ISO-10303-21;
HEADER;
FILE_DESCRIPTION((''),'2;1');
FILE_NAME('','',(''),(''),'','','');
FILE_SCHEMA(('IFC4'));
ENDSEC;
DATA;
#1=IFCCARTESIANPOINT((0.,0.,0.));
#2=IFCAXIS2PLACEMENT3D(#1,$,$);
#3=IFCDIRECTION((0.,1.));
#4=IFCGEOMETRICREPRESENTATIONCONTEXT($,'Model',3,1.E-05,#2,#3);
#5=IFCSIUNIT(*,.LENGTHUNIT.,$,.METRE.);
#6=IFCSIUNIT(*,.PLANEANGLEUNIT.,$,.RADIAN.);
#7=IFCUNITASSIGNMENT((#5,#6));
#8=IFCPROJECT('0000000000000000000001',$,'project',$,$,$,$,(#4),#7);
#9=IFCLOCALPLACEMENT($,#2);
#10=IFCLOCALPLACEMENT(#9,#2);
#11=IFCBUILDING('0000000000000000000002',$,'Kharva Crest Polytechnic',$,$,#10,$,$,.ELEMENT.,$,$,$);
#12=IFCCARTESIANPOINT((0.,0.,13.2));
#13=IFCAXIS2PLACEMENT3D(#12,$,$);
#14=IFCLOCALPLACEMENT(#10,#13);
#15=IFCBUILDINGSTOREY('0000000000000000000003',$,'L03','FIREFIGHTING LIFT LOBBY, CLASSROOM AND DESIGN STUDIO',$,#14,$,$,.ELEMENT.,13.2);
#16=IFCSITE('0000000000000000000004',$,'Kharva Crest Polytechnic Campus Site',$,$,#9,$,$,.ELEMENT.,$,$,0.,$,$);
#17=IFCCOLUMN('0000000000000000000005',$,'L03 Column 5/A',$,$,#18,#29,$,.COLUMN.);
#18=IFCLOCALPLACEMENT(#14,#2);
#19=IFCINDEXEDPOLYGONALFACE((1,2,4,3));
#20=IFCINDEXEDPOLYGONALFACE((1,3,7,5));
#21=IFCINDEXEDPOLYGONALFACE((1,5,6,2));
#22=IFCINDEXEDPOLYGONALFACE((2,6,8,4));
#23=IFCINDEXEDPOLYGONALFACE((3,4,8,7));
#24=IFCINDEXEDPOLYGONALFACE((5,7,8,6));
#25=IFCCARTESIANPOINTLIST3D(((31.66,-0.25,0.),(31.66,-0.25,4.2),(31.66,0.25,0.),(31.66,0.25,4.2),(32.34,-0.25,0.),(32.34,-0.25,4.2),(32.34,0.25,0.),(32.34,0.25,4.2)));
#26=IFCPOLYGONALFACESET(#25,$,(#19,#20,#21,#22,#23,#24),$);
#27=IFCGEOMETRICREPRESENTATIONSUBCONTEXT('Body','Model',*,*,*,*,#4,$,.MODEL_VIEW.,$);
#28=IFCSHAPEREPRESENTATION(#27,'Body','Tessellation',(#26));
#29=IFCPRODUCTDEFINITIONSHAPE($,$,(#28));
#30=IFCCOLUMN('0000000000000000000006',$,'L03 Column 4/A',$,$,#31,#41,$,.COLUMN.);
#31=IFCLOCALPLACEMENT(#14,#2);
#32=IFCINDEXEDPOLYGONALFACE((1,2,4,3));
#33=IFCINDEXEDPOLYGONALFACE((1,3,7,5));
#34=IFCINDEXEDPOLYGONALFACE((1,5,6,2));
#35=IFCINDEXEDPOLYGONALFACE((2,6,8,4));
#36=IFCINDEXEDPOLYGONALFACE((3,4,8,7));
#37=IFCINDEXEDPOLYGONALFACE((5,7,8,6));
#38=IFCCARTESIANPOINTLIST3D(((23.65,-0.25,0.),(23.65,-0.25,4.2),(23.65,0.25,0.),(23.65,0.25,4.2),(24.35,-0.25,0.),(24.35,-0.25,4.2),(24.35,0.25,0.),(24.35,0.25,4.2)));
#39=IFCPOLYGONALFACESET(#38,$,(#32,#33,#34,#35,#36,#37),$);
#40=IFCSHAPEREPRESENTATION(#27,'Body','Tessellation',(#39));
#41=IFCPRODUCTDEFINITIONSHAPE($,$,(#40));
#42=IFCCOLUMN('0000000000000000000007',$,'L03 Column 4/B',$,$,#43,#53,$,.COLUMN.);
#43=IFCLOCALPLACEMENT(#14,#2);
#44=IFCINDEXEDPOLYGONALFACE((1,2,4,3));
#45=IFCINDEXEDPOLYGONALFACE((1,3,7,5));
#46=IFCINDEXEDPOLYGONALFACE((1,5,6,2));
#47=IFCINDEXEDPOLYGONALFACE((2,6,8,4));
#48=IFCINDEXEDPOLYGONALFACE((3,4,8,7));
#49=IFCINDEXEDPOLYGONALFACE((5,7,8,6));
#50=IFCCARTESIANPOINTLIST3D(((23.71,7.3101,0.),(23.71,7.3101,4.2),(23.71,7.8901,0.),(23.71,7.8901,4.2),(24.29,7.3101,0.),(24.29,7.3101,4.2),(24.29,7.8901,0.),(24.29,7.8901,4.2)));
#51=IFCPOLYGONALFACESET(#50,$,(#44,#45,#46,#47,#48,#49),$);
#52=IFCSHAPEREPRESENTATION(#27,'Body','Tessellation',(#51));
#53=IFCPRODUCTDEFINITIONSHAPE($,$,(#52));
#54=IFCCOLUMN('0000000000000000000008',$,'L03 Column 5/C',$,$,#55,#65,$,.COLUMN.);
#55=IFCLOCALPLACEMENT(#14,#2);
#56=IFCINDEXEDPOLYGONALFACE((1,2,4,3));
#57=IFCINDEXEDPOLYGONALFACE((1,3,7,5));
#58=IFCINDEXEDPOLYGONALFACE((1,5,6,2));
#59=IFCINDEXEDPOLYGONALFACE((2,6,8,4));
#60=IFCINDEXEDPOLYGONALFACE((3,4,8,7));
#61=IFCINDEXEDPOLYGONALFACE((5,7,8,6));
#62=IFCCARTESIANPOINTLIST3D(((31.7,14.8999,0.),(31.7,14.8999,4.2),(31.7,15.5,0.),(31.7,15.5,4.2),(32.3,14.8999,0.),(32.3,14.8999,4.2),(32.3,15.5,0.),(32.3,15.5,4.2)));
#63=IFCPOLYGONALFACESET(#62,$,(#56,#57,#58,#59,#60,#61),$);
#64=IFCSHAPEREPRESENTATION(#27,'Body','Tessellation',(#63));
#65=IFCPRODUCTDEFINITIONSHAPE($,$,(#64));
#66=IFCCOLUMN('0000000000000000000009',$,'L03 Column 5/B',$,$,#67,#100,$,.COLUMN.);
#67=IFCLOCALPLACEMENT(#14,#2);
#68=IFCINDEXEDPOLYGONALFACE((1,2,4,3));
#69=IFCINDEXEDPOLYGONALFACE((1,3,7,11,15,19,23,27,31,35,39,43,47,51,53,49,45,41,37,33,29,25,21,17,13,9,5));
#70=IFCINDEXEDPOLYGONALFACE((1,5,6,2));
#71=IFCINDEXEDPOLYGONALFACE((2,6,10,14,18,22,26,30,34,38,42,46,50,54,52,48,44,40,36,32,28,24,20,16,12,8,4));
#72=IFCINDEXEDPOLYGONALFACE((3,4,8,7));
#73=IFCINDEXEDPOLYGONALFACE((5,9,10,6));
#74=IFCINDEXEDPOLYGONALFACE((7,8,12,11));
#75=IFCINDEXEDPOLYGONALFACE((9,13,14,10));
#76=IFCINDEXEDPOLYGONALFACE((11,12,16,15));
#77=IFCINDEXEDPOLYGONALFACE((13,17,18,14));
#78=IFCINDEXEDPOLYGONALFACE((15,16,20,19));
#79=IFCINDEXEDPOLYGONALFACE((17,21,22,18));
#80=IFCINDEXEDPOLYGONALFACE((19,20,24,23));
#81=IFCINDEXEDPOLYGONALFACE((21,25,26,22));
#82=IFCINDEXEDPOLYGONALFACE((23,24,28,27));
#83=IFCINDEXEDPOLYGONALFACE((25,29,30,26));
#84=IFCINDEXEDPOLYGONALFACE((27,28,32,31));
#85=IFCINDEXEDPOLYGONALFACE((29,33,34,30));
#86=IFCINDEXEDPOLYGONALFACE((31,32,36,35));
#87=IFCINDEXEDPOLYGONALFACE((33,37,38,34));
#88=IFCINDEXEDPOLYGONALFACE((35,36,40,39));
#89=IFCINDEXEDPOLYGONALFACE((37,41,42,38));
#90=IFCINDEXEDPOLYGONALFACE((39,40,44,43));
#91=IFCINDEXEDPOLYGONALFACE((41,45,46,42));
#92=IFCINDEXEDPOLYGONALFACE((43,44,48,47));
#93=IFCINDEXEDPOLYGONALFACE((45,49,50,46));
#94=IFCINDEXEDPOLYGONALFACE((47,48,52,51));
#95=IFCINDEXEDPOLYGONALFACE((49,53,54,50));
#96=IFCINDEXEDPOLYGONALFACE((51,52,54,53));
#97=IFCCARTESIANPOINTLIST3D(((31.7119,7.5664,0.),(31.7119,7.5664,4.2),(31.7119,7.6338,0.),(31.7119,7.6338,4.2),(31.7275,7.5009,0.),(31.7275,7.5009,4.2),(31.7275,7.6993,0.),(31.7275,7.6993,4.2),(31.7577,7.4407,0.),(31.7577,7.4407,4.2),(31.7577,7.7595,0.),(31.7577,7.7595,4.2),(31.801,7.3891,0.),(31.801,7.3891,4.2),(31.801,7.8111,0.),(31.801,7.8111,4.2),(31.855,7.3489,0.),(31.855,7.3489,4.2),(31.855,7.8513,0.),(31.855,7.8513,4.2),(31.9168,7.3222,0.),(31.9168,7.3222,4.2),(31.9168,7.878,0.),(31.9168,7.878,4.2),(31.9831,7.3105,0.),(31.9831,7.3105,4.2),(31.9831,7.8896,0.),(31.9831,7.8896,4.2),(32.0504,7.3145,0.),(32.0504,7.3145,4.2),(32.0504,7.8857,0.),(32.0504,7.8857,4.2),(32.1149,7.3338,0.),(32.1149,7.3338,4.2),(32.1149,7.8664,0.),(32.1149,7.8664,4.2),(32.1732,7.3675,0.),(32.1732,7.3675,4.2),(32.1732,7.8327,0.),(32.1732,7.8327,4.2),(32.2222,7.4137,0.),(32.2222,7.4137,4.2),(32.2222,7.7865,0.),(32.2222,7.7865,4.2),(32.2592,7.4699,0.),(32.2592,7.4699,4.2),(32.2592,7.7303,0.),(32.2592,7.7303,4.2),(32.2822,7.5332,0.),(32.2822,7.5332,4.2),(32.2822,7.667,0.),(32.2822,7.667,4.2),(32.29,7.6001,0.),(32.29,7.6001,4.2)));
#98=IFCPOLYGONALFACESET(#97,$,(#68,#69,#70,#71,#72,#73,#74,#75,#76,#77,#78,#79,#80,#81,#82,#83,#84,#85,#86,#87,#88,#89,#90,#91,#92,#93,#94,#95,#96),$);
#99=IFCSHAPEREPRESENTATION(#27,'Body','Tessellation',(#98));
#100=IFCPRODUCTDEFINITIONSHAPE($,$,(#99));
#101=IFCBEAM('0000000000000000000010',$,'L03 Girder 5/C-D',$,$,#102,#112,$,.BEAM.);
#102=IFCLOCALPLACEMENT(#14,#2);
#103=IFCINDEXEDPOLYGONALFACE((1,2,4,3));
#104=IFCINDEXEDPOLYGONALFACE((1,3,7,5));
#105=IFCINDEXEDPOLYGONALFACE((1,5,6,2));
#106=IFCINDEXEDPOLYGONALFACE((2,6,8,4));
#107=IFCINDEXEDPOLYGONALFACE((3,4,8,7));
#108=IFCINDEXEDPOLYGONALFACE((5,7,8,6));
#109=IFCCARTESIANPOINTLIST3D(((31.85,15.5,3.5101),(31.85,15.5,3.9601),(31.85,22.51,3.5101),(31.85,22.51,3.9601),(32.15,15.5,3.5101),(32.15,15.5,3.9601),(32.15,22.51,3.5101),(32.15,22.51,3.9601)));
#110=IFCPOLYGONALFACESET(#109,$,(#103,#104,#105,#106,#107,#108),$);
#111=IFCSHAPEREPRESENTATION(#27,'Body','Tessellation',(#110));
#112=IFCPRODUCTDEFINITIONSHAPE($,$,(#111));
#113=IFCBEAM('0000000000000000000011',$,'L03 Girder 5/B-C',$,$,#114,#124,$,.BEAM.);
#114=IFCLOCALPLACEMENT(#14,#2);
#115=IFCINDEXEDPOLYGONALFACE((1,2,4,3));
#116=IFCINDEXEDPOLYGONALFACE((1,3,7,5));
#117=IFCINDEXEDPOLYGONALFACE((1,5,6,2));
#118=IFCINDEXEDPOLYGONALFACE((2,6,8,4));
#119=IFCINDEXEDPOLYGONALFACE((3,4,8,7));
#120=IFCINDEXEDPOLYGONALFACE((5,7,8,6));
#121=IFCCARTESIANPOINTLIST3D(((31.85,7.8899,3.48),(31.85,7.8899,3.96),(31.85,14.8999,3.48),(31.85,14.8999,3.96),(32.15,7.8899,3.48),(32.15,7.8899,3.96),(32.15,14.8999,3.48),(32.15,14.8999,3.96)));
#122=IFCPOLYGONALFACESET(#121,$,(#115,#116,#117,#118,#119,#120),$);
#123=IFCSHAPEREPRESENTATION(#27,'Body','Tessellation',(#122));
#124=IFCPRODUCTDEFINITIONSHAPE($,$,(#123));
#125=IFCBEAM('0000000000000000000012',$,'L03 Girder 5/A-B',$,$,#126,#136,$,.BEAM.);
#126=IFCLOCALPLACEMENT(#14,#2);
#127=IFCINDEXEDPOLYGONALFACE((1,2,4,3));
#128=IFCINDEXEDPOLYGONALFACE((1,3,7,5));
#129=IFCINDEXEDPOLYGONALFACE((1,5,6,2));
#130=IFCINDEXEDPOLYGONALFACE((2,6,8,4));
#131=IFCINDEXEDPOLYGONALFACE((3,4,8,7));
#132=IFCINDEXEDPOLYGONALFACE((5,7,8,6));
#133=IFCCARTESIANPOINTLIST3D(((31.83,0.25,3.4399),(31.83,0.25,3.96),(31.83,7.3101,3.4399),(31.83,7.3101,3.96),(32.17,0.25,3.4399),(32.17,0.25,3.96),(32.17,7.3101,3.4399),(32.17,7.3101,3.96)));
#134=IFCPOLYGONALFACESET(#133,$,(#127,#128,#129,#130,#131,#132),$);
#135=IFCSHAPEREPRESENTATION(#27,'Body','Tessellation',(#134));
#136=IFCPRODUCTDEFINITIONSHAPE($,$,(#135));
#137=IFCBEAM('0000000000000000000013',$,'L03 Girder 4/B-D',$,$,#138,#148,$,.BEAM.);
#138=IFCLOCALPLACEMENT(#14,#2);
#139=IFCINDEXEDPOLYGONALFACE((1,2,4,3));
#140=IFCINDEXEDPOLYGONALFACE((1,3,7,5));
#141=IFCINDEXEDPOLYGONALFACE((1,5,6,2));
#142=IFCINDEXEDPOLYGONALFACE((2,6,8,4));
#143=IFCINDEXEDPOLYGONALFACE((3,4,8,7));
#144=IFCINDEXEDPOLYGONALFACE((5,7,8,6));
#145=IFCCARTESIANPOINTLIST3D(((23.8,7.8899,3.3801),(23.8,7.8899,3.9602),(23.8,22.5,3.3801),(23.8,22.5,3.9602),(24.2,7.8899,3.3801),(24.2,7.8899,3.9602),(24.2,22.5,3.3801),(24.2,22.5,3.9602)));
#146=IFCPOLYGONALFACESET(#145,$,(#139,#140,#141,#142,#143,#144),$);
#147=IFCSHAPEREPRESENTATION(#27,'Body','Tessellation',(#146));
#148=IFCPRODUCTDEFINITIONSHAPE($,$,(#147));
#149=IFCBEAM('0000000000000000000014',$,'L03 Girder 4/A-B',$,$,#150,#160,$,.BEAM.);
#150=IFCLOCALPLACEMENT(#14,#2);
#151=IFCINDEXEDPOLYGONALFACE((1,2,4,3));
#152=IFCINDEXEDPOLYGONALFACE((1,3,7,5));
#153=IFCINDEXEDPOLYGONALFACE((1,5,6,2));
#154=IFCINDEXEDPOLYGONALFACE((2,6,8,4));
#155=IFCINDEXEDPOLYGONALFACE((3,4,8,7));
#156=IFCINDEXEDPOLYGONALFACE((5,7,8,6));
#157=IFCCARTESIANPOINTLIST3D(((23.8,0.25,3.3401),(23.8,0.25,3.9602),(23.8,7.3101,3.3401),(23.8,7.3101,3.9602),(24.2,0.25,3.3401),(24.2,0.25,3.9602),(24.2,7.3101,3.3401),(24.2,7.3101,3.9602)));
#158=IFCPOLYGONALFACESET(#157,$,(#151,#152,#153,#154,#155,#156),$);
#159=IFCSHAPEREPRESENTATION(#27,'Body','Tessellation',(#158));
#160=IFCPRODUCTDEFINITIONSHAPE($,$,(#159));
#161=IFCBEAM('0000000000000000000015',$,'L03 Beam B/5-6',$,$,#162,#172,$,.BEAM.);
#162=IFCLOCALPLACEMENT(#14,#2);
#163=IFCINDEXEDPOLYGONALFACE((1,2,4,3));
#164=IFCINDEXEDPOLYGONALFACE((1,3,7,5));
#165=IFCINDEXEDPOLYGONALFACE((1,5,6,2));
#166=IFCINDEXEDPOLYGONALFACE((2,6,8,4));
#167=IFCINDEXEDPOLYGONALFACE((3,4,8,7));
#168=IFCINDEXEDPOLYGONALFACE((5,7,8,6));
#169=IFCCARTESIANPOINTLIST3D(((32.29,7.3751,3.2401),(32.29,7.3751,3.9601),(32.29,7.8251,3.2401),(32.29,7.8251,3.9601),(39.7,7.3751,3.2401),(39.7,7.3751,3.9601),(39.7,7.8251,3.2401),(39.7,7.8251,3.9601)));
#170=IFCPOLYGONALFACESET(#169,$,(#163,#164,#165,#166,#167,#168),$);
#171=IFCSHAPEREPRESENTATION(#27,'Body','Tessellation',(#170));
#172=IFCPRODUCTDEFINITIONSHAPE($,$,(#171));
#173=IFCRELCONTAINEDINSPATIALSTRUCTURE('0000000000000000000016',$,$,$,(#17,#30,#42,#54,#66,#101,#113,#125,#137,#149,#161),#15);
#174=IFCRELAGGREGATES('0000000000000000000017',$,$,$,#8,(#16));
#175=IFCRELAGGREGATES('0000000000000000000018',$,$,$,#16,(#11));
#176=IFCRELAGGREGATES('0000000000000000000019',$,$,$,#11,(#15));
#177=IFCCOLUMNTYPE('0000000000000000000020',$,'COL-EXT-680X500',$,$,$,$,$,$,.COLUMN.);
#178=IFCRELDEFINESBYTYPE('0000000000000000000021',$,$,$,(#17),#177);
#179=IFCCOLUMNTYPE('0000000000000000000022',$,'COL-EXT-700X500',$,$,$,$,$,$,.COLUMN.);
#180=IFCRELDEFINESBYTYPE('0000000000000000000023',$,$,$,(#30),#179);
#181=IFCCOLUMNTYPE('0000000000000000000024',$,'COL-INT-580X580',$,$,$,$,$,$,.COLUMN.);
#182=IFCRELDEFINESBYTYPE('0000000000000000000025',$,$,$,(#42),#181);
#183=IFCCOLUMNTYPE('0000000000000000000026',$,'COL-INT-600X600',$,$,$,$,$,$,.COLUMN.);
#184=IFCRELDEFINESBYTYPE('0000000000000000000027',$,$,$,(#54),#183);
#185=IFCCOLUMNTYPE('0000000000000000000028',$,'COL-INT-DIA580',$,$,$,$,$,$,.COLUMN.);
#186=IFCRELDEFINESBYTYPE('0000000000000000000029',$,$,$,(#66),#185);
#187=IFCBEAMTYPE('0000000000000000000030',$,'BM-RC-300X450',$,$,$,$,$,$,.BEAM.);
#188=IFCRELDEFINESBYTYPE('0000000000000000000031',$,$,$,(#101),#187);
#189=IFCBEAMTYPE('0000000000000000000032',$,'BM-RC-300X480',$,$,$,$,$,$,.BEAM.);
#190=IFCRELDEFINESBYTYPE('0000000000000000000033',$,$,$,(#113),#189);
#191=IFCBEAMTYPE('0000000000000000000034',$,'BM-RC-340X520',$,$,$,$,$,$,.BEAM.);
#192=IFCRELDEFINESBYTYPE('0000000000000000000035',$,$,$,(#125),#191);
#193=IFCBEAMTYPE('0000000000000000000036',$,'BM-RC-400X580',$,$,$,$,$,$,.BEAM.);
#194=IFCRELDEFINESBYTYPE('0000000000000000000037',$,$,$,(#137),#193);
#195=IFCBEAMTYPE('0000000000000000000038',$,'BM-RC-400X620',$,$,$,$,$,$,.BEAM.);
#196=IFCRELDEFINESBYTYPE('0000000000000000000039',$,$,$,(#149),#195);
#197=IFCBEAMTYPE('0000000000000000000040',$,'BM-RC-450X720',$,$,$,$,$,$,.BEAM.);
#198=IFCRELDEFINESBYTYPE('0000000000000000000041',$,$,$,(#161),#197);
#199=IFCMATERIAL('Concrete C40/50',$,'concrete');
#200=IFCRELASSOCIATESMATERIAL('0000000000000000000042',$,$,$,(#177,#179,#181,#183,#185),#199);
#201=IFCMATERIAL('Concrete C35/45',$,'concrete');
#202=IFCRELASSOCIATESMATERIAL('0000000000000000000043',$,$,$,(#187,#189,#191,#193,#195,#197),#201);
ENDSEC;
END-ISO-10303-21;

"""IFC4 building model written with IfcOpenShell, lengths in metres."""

from ifc_helpers import new_model, si_unit, direction, frame, origin, origin_2d, place, context, subcontext, project, spatial, rectangle, circle, extrude, material, material_profile, profile_set, type_object, element, save


model = new_model("IFC4")

# Units and contexts
model_context = context("Model", 3, precision=1e-05, world=origin(), true_north=direction((0.0, 1.0)))
body_context = subcontext(model_context, "Body", "Model", "MODEL_VIEW")
ifc_project = project(units=[si_unit("LENGTHUNIT", "METRE"), si_unit("PLANEANGLEUNIT", "RADIAN")], contexts=[model_context])

# Site, building, storey
site_placement = place(None, origin())
site = spatial("IfcSite", under=ifc_project, at=site_placement, Name="Kharva Crest Polytechnic Campus Site", CompositionType="ELEMENT", RefElevation=0.0)
building_placement = place(site_placement, origin())
building = spatial("IfcBuilding", under=site, at=building_placement, Name="Kharva Crest Polytechnic", CompositionType="ELEMENT")
storey_placement = place(building_placement, frame((0.0, 0.0, 13.2)))
storey = spatial("IfcBuildingStorey", under=building, at=storey_placement, Name="L03", Description="FIREFIGHTING LIFT LOBBY, CLASSROOM AND DESIGN STUDIO", CompositionType="ELEMENT", Elevation=13.2)

# Columns
ifc_material_1 = material(Name="Concrete C40/50", Category="concrete")
ifc_material_profile_1 = material_profile(ifc_material_1, rectangle(XDim=0.6799, YDim=0.5, at=origin_2d()), Name="RECT 680 X 500")
ifc_profile_set_1 = profile_set([ifc_material_profile_1], Name="Concrete C40/50")
column_type_1 = type_object("IfcColumnType", Name="COL-EXT-680X500", PredefinedType="COLUMN", material=ifc_profile_set_1)
column_1_placement = place(storey_placement, frame((32.0, 0.0, 0.0), z_axis=(0.0, 0.0, 1.0), x_axis=(1.0, 0.0, 0.0)))
element("IfcColumn", 1, at=column_1_placement, inside=storey, type_object=column_type_1, Name="L03 Column 5/A", PredefinedType="COLUMN", context=body_context, shape_type="SweptSolid", body=[
    extrude(rectangle(XDim=0.6799, YDim=0.5, at=origin_2d()), origin(), (0.0, 0.0, 1.0), 4.2),
])
ifc_material_profile_2 = material_profile(ifc_material_1, rectangle(XDim=0.7, YDim=0.5, at=origin_2d()), Name="RECT 700 X 500")
ifc_profile_set_2 = profile_set([ifc_material_profile_2], Name="Concrete C40/50")
column_type_2 = type_object("IfcColumnType", Name="COL-EXT-700X500", PredefinedType="COLUMN", material=ifc_profile_set_2)
column_2_placement = place(storey_placement, frame((24.0, 0.0, 0.0), z_axis=(0.0, 0.0, 1.0), x_axis=(1.0, 0.0, 0.0)))
element("IfcColumn", 2, at=column_2_placement, inside=storey, type_object=column_type_2, Name="L03 Column 4/A", PredefinedType="COLUMN", context=body_context, shape_type="SweptSolid", body=[
    extrude(rectangle(XDim=0.7, YDim=0.5, at=origin_2d()), origin(), (0.0, 0.0, 1.0), 4.2),
])
ifc_material_profile_3 = material_profile(ifc_material_1, rectangle(XDim=0.5801, YDim=0.5801, at=origin_2d()), Name="RECT 580 X 580")
ifc_profile_set_3 = profile_set([ifc_material_profile_3], Name="Concrete C40/50")
column_type_3 = type_object("IfcColumnType", Name="COL-INT-580X580", PredefinedType="COLUMN", material=ifc_profile_set_3)
column_3_placement = place(storey_placement, frame((24.0, 7.6001, 0.0), z_axis=(0.0, 0.0, 1.0), x_axis=(1.0, 0.0, 0.0)))
element("IfcColumn", 3, at=column_3_placement, inside=storey, type_object=column_type_3, Name="L03 Column 4/B", PredefinedType="COLUMN", context=body_context, shape_type="SweptSolid", body=[
    extrude(rectangle(XDim=0.5801, YDim=0.5801, at=origin_2d()), origin(), (0.0, 0.0, 1.0), 4.2),
])
ifc_material_profile_4 = material_profile(ifc_material_1, rectangle(XDim=0.6001, YDim=0.6001, at=origin_2d()), Name="RECT 600 X 600")
ifc_profile_set_4 = profile_set([ifc_material_profile_4], Name="Concrete C40/50")
column_type_4 = type_object("IfcColumnType", Name="COL-INT-600X600", PredefinedType="COLUMN", material=ifc_profile_set_4)
column_4_placement = place(storey_placement, frame((32.0, 15.2, 0.0), z_axis=(0.0, 0.0, 1.0), x_axis=(1.0, 0.0, 0.0)))
element("IfcColumn", 4, at=column_4_placement, inside=storey, type_object=column_type_4, Name="L03 Column 5/C", PredefinedType="COLUMN", context=body_context, shape_type="SweptSolid", body=[
    extrude(rectangle(XDim=0.6001, YDim=0.6001, at=origin_2d()), origin(), (0.0, 0.0, 1.0), 4.2),
])
ifc_material_profile_5 = material_profile(ifc_material_1, circle(Radius=0.29, at=origin_2d()), Name="DIA 580")
ifc_profile_set_5 = profile_set([ifc_material_profile_5], Name="Concrete C40/50")
column_type_5 = type_object("IfcColumnType", Name="COL-INT-DIA580", PredefinedType="COLUMN", material=ifc_profile_set_5)
column_5_placement = place(storey_placement, frame((32.0, 7.6001, 0.0), z_axis=(0.0, 0.0, 1.0), x_axis=(1.0, 0.0, 0.0)))
element("IfcColumn", 5, at=column_5_placement, inside=storey, type_object=column_type_5, Name="L03 Column 5/B", PredefinedType="COLUMN", context=body_context, shape_type="SweptSolid", body=[
    extrude(circle(Radius=0.29, at=origin_2d()), origin(), (0.0, 0.0, 1.0), 4.2),
])

# Beams
ifc_material_2 = material(Name="Concrete C35/45", Category="concrete")
ifc_material_profile_6 = material_profile(ifc_material_2, rectangle(XDim=0.3, YDim=0.45, at=origin_2d()), Name="RECT 300 X 450")
ifc_profile_set_6 = profile_set([ifc_material_profile_6], Name="Concrete C35/45")
beam_type_1 = type_object("IfcBeamType", Name="BM-RC-300X450", PredefinedType="BEAM", material=ifc_profile_set_6)
beam_1_placement = place(storey_placement, frame((32.0, 15.5, 3.7351), z_axis=(0.0, 1.0, 0.0), x_axis=(-1.0, 0.0, 0.0)))
element("IfcBeam", 6, at=beam_1_placement, inside=storey, type_object=beam_type_1, Name="L03 Girder 5/C-D", PredefinedType="BEAM", context=body_context, shape_type="SweptSolid", body=[
    extrude(rectangle(XDim=0.3, YDim=0.45, at=origin_2d()), origin(), (0.0, 0.0, 1.0), 7.01),
])
ifc_material_profile_7 = material_profile(ifc_material_2, rectangle(XDim=0.3, YDim=0.48, at=origin_2d()), Name="RECT 300 X 480")
ifc_profile_set_7 = profile_set([ifc_material_profile_7], Name="Concrete C35/45")
beam_type_2 = type_object("IfcBeamType", Name="BM-RC-300X480", PredefinedType="BEAM", material=ifc_profile_set_7)
beam_2_placement = place(storey_placement, frame((32.0, 7.8899, 3.72), z_axis=(0.0, 1.0, 0.0), x_axis=(-1.0, 0.0, 0.0)))
element("IfcBeam", 7, at=beam_2_placement, inside=storey, type_object=beam_type_2, Name="L03 Girder 5/B-C", PredefinedType="BEAM", context=body_context, shape_type="SweptSolid", body=[
    extrude(rectangle(XDim=0.3, YDim=0.48, at=origin_2d()), origin(), (0.0, 0.0, 1.0), 7.01),
])
ifc_material_profile_8 = material_profile(ifc_material_2, rectangle(XDim=0.3401, YDim=0.52, at=origin_2d()), Name="RECT 340 X 520")
ifc_profile_set_8 = profile_set([ifc_material_profile_8], Name="Concrete C35/45")
beam_type_3 = type_object("IfcBeamType", Name="BM-RC-340X520", PredefinedType="BEAM", material=ifc_profile_set_8)
beam_3_placement = place(storey_placement, frame((32.0, 0.25, 3.7), z_axis=(0.0, 1.0, 0.0), x_axis=(-1.0, 0.0, 0.0)))
element("IfcBeam", 8, at=beam_3_placement, inside=storey, type_object=beam_type_3, Name="L03 Girder 5/A-B", PredefinedType="BEAM", context=body_context, shape_type="SweptSolid", body=[
    extrude(rectangle(XDim=0.3401, YDim=0.52, at=origin_2d()), origin(), (0.0, 0.0, 1.0), 7.0601),
])
ifc_material_profile_9 = material_profile(ifc_material_2, rectangle(XDim=0.3999, YDim=0.5801, at=origin_2d()), Name="RECT 400 X 580")
ifc_profile_set_9 = profile_set([ifc_material_profile_9], Name="Concrete C35/45")
beam_type_4 = type_object("IfcBeamType", Name="BM-RC-400X580", PredefinedType="BEAM", material=ifc_profile_set_9)
beam_4_placement = place(storey_placement, frame((24.0, 7.8899, 3.6702), z_axis=(0.0, 1.0, 0.0), x_axis=(-1.0, 0.0, 0.0)))
element("IfcBeam", 9, at=beam_4_placement, inside=storey, type_object=beam_type_4, Name="L03 Girder 4/B-D", PredefinedType="BEAM", context=body_context, shape_type="SweptSolid", body=[
    extrude(rectangle(XDim=0.3999, YDim=0.5801, at=origin_2d()), origin(), (0.0, 0.0, 1.0), 14.6101),
])
ifc_material_profile_10 = material_profile(ifc_material_2, rectangle(XDim=0.3999, YDim=0.6201, at=origin_2d()), Name="RECT 400 X 620")
ifc_profile_set_10 = profile_set([ifc_material_profile_10], Name="Concrete C35/45")
beam_type_5 = type_object("IfcBeamType", Name="BM-RC-400X620", PredefinedType="BEAM", material=ifc_profile_set_10)
beam_5_placement = place(storey_placement, frame((24.0, 0.25, 3.6501), z_axis=(0.0, 1.0, 0.0), x_axis=(-1.0, 0.0, 0.0)))
element("IfcBeam", 10, at=beam_5_placement, inside=storey, type_object=beam_type_5, Name="L03 Girder 4/A-B", PredefinedType="BEAM", context=body_context, shape_type="SweptSolid", body=[
    extrude(rectangle(XDim=0.3999, YDim=0.6201, at=origin_2d()), origin(), (0.0, 0.0, 1.0), 7.0601),
])
ifc_material_profile_11 = material_profile(ifc_material_2, rectangle(XDim=0.45, YDim=0.72, at=origin_2d()), Name="RECT 450 X 720")
ifc_profile_set_11 = profile_set([ifc_material_profile_11], Name="Concrete C35/45")
beam_type_6 = type_object("IfcBeamType", Name="BM-RC-450X720", PredefinedType="BEAM", material=ifc_profile_set_11)
beam_6_placement = place(storey_placement, frame((32.29, 7.6001, 3.6001), z_axis=(1.0, 0.0, 0.0), x_axis=(0.0, 1.0, 0.0)))
element("IfcBeam", 11, at=beam_6_placement, inside=storey, type_object=beam_type_6, Name="L03 Beam B/5-6", PredefinedType="BEAM", context=body_context, shape_type="SweptSolid", body=[
    extrude(rectangle(XDim=0.45, YDim=0.72, at=origin_2d()), origin(), (0.0, 0.0, 1.0), 7.4099),
])

save(model, "model.ifc")
